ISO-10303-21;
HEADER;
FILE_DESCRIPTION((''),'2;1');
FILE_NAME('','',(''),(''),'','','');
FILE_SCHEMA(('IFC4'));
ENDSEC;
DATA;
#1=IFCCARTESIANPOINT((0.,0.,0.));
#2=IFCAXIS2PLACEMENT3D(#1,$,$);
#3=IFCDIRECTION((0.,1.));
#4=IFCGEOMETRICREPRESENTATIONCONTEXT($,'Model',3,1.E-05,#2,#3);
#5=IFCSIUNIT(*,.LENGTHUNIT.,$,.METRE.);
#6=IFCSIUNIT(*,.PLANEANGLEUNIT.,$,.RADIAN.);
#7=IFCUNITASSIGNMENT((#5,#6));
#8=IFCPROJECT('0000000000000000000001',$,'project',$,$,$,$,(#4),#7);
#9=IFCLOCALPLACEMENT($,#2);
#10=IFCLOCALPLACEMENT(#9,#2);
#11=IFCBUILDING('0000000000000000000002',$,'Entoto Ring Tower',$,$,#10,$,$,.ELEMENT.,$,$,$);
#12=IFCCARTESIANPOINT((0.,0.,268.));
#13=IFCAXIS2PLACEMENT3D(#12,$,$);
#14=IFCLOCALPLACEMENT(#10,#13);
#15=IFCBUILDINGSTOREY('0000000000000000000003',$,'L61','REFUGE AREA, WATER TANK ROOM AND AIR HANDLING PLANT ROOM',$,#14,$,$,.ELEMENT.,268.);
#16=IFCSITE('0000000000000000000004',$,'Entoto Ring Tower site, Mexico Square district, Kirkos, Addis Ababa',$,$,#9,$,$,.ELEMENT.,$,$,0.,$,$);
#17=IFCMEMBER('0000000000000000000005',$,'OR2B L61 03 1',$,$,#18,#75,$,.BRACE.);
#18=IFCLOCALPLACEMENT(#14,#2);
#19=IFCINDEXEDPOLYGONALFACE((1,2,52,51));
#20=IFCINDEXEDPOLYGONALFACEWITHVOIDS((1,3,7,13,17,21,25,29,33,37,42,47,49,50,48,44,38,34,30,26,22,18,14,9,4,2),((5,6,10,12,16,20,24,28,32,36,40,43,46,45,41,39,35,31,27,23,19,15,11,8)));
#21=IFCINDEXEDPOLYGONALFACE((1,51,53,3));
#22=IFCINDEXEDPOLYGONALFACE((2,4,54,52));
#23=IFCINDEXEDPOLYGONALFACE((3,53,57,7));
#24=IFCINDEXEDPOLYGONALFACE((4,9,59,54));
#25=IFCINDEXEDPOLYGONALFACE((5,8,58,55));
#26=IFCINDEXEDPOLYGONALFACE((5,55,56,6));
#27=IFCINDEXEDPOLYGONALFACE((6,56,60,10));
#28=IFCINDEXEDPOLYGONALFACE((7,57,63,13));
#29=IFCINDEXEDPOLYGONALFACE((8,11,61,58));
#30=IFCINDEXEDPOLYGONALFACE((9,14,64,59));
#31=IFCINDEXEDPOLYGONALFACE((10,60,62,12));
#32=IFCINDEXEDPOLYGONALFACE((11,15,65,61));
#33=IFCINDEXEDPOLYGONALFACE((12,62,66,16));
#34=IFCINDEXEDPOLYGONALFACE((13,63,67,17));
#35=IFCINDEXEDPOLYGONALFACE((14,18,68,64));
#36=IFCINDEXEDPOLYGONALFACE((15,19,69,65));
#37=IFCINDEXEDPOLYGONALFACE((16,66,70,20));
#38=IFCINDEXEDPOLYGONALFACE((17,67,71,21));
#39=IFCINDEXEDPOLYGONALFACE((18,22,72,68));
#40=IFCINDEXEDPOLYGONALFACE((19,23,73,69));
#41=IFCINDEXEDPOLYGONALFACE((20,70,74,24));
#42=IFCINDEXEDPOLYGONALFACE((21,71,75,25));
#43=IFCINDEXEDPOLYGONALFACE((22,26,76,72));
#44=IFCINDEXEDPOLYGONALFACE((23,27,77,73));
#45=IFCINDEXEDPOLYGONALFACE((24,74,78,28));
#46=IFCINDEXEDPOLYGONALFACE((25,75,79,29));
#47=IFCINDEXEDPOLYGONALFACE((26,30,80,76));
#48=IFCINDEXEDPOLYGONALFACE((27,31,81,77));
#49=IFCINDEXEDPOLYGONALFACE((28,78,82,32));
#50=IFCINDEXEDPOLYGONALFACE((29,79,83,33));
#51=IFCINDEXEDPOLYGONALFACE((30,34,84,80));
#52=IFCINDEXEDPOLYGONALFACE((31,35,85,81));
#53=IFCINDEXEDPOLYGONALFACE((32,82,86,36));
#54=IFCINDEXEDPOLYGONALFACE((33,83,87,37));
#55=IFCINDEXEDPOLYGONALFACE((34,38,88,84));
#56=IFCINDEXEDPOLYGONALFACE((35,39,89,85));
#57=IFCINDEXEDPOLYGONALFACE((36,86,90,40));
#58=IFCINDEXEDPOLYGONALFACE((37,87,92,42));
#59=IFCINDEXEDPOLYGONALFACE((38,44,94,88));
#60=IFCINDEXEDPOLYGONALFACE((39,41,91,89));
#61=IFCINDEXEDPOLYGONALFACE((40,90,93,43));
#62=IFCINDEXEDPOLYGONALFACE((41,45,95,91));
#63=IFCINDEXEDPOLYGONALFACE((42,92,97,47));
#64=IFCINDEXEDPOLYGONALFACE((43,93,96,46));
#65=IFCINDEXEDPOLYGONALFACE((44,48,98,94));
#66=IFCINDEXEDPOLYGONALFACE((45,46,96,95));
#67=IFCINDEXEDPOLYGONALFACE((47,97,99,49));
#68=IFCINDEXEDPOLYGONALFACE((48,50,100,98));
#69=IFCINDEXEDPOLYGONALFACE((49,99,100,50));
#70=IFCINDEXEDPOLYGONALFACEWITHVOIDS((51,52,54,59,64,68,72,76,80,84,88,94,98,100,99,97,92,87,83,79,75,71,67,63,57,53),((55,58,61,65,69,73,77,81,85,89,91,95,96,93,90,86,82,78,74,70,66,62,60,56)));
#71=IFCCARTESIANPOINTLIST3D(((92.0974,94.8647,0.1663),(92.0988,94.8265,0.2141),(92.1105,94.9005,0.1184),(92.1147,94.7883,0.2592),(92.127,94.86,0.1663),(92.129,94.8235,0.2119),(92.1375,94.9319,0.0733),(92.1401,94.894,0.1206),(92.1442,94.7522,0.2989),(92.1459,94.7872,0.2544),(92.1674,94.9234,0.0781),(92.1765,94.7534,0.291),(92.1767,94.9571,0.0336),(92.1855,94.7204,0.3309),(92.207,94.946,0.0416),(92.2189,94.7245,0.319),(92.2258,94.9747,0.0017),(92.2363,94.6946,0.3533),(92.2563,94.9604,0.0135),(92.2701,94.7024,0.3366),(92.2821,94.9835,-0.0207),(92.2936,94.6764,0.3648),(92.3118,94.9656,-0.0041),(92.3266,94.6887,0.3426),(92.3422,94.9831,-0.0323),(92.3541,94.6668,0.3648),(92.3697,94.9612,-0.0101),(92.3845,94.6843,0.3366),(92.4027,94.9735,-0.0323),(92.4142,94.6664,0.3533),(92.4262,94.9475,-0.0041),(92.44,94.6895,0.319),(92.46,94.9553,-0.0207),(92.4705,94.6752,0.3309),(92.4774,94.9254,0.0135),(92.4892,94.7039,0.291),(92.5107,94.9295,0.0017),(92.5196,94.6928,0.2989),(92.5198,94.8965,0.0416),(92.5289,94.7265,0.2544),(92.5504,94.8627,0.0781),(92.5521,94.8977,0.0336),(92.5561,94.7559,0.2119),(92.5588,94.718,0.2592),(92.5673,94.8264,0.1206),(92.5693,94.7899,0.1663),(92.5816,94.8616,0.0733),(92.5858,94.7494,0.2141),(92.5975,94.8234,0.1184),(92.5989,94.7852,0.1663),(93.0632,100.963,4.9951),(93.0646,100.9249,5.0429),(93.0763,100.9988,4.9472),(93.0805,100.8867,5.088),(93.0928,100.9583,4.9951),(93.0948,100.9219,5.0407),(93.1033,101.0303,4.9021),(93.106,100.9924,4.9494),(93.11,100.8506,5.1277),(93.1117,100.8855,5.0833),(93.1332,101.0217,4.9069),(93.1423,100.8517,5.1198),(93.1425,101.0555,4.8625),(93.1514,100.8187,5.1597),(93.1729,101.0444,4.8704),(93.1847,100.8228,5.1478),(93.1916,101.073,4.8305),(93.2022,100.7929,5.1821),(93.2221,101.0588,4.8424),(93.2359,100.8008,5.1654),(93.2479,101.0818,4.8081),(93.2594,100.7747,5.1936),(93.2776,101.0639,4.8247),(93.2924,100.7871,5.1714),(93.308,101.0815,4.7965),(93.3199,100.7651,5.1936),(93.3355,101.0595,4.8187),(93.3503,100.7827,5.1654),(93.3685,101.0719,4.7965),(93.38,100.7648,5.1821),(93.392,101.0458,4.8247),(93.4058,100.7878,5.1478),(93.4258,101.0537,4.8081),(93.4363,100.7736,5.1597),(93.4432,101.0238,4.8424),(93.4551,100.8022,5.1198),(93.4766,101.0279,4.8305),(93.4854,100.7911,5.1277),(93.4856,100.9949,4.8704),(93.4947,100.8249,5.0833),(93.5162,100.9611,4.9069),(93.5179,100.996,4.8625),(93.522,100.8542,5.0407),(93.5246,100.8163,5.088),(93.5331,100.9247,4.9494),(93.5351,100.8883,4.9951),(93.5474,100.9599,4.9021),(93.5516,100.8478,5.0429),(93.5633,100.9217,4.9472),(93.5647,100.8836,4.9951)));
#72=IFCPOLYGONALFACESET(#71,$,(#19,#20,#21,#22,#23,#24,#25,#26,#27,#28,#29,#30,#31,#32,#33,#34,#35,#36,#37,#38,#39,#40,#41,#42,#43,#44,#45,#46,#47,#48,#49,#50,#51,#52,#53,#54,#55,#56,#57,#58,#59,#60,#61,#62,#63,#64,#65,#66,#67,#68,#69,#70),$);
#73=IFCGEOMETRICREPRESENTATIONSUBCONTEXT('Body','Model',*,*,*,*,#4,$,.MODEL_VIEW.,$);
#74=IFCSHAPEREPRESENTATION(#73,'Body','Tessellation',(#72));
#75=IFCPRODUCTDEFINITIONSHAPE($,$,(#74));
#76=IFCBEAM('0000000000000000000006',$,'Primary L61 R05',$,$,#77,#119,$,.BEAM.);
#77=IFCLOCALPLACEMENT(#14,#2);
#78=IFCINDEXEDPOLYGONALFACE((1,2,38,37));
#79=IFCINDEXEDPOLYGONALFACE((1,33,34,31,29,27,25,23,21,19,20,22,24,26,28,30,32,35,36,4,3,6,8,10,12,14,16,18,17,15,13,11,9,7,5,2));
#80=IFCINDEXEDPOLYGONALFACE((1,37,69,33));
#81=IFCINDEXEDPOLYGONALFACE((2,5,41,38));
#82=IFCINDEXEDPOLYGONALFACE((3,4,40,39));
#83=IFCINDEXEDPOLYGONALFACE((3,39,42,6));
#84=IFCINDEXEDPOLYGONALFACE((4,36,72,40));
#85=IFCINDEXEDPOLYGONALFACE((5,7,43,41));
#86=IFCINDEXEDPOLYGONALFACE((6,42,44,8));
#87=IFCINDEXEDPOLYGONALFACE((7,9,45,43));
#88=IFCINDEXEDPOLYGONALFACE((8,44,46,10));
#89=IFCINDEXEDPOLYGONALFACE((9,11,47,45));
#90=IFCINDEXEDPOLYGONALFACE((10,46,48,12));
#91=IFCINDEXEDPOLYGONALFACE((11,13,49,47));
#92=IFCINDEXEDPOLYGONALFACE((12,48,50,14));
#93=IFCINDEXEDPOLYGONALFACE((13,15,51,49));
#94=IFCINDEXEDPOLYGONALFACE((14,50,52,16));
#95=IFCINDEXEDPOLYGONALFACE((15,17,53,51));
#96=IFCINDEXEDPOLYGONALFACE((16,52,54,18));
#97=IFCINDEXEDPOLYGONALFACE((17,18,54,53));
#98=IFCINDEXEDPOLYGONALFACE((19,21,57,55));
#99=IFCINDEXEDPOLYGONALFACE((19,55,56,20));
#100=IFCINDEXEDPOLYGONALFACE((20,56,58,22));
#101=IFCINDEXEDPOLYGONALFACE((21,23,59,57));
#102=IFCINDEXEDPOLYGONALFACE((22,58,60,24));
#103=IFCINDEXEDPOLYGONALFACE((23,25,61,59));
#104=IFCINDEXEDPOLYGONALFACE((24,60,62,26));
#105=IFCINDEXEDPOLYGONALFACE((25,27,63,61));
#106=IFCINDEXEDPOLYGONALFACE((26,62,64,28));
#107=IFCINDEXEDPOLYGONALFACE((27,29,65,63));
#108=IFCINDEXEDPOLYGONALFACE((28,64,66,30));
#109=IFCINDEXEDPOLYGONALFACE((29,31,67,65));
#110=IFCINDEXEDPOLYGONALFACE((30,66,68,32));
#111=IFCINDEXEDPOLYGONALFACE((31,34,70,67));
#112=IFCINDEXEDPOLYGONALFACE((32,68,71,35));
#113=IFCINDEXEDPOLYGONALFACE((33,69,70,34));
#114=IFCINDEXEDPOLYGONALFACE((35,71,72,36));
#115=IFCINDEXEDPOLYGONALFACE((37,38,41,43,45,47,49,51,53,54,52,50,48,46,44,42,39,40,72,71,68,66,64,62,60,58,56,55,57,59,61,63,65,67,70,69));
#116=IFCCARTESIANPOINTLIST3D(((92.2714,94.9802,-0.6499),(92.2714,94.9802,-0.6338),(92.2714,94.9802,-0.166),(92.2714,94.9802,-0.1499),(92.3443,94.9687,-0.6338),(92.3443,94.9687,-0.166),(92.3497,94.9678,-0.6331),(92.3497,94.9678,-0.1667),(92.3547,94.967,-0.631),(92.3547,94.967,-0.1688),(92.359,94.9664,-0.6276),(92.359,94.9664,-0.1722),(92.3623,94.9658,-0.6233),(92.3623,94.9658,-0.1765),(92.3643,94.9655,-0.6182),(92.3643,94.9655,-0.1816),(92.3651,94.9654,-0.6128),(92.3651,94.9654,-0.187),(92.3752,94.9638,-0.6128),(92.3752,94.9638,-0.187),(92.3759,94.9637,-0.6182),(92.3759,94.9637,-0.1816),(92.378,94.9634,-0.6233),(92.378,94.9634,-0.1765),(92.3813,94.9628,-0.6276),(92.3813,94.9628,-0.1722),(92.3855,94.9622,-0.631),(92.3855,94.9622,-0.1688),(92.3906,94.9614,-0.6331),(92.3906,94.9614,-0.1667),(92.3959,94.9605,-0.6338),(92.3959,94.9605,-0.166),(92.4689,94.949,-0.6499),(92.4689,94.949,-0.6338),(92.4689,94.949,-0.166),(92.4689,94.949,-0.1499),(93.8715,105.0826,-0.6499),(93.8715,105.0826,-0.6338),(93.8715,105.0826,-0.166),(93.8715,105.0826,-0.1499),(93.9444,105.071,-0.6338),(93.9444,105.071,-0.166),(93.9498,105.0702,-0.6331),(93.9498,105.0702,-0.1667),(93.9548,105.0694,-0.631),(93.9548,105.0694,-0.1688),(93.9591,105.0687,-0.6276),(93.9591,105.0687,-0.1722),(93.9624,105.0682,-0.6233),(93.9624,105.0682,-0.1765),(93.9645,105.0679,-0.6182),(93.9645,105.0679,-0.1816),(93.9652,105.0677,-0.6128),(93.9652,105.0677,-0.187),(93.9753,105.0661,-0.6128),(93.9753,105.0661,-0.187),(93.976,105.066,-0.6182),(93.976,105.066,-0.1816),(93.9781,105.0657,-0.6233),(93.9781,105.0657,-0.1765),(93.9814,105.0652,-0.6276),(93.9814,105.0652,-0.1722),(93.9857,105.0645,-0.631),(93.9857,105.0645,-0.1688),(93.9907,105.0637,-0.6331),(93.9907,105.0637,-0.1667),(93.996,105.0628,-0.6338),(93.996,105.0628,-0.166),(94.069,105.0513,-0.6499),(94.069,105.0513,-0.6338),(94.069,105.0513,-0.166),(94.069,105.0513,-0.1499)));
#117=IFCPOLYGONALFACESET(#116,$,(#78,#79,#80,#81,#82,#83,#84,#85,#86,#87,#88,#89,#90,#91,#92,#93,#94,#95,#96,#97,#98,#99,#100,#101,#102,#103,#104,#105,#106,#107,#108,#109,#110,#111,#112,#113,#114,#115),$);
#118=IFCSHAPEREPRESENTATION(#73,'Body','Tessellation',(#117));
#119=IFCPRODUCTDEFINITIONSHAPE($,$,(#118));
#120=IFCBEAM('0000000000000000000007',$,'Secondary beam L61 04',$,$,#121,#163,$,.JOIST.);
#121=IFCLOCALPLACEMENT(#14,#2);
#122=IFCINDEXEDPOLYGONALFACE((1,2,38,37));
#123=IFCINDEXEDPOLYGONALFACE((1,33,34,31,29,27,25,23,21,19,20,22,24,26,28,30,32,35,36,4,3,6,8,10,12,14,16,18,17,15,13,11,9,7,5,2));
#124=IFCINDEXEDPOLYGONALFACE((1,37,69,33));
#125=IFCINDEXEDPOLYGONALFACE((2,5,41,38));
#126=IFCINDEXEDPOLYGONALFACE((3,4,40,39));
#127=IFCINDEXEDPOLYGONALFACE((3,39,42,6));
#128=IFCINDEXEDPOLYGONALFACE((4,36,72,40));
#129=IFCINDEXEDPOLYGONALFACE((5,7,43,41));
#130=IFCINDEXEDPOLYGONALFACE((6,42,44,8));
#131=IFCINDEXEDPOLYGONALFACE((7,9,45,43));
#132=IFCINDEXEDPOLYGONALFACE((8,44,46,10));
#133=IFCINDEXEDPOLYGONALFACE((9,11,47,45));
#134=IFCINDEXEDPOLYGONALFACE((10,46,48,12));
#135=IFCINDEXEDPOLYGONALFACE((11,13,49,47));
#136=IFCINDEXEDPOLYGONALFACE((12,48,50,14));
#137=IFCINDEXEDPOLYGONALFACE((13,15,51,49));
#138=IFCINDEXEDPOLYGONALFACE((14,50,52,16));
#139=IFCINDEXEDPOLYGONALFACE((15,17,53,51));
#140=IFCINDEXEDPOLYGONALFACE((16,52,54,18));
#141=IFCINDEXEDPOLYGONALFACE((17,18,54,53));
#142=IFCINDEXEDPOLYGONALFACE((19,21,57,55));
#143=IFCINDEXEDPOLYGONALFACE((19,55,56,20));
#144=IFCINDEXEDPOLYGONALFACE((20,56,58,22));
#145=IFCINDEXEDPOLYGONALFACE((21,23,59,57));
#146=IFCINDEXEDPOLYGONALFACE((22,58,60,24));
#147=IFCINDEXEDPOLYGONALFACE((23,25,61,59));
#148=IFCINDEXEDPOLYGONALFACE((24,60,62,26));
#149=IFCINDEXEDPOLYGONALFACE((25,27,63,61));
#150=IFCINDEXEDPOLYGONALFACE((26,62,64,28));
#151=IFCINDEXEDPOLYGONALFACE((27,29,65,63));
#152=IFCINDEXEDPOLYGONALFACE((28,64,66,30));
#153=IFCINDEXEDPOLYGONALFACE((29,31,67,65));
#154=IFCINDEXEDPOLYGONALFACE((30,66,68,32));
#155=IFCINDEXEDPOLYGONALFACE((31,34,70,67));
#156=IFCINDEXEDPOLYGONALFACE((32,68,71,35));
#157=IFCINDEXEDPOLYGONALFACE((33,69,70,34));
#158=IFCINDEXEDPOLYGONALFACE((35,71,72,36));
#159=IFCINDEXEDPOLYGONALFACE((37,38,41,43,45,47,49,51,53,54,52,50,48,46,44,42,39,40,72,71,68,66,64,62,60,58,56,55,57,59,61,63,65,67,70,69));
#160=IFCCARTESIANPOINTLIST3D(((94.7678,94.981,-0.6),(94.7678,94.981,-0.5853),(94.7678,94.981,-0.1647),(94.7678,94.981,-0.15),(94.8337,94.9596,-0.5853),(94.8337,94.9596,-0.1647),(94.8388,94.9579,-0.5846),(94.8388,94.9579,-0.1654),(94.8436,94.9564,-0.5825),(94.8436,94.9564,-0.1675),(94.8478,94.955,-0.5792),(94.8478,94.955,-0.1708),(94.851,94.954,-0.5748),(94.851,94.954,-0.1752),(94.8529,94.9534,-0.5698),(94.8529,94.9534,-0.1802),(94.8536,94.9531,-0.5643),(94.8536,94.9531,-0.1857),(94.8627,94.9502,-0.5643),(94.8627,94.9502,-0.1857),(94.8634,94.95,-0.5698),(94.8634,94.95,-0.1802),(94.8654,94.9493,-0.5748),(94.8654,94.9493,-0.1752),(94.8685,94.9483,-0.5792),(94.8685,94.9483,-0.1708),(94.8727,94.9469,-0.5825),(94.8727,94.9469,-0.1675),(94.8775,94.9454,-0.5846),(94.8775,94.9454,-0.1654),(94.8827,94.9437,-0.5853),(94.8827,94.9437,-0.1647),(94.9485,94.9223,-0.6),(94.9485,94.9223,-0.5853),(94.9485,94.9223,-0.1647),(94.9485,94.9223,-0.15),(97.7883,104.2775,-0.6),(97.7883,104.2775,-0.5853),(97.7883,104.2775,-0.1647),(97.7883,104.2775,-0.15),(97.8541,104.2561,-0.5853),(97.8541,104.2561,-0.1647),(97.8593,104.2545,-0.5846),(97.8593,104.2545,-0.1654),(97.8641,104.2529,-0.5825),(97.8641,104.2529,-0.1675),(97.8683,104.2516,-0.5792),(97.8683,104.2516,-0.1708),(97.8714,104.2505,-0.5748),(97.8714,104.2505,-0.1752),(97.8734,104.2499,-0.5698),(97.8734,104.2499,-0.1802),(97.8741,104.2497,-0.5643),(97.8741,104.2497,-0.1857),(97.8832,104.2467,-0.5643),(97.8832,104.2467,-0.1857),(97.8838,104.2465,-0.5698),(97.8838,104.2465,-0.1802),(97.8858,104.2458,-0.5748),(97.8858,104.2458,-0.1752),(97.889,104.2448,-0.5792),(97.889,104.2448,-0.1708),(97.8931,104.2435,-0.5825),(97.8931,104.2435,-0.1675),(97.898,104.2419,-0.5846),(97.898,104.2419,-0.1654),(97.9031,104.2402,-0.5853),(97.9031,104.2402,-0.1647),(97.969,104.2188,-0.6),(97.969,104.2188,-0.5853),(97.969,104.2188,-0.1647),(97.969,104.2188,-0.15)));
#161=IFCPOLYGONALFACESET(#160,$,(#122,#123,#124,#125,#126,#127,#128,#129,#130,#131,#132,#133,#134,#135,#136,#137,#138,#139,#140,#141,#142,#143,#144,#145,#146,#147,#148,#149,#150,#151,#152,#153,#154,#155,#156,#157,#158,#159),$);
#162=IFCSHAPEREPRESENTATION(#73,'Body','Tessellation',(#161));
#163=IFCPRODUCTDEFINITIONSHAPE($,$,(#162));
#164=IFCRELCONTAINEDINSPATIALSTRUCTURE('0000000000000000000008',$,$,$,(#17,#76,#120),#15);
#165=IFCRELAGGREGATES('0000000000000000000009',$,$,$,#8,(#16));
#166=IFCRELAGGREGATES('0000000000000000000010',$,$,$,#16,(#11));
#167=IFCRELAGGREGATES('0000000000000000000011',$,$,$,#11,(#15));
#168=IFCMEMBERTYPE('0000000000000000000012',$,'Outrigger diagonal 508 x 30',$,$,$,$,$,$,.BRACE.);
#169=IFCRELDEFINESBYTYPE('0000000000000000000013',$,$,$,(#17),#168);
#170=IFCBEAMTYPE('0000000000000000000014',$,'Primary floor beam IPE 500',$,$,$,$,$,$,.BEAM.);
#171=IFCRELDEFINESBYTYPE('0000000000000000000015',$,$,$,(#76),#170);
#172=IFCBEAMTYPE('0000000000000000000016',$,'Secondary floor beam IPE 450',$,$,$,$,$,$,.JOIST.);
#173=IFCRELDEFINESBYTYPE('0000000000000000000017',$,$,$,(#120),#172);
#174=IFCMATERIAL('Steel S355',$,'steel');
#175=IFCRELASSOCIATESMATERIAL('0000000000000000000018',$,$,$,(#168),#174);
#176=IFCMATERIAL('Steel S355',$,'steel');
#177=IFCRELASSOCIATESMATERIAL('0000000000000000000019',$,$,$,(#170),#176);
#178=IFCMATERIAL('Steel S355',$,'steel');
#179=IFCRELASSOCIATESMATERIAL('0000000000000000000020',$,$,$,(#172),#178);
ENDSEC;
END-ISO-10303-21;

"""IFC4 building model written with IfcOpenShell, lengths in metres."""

from ifc_helpers import new_model, si_unit, direction, frame, origin, origin_2d, place, context, subcontext, project, spatial, circle, hollow_circle, i_section, extrude, material, material_profile, profile_set, type_object, element, save


model = new_model("IFC4")

# Units and contexts
model_context = context("Model", 3, precision=1e-05, world=origin(), true_north=direction((0.0, 1.0)))
body_context = subcontext(model_context, "Body", "Model", "MODEL_VIEW")
ifc_project = project(units=[si_unit("LENGTHUNIT", "METRE"), si_unit("PLANEANGLEUNIT", "RADIAN")], contexts=[model_context])

# Site, building, storey
site_placement = place(None, origin())
site = spatial("IfcSite", under=ifc_project, at=site_placement, Name="Entoto Ring Tower site, Mexico Square district, Kirkos, Addis Ababa", CompositionType="ELEMENT", RefElevation=0.0)
building_placement = place(site_placement, origin())
building = spatial("IfcBuilding", under=site, at=building_placement, Name="Entoto Ring Tower", CompositionType="ELEMENT")
storey_placement = place(building_placement, frame((0.0, 0.0, 268.0)))
storey = spatial("IfcBuildingStorey", under=building, at=storey_placement, Name="L61", Description="REFUGE AREA, WATER TANK ROOM AND AIR HANDLING PLANT ROOM", CompositionType="ELEMENT", Elevation=268.0)

# Member
ifc_material_1 = material(Name="Steel S355", Category="steel")
ifc_material_profile_1 = material_profile(ifc_material_1, hollow_circle(Radius=0.2539, WallThickness=0.03, at=origin_2d()), Name="CHS 508 x 30")
ifc_material_2 = material(Name="Concrete C60/75", Category="concrete")
ifc_material_profile_2 = material_profile(ifc_material_2, circle(Radius=0.2241, at=origin_2d()), Name="Concrete C60/75 infill")
ifc_profile_set_1 = profile_set([ifc_material_profile_1, ifc_material_profile_2], Name="Steel S355")
member_type_1 = type_object("IfcMemberType", Name="Outrigger diagonal 508 x 30", PredefinedType="BRACE", material=ifc_profile_set_1)
member_1_placement = place(storey_placement, frame((92.3481, 94.825, 0.1663), z_axis=(0.123216, 0.778011, 0.616049), x_axis=(-0.98769, 0.156423, 0.0)))
element("IfcMember", 1, at=member_1_placement, inside=storey, type_object=member_type_1, Name="OR2B L61 03 1", PredefinedType="BRACE", context=body_context, shape_type="SweptSolid", body=[
    extrude(hollow_circle(Radius=0.2539, WallThickness=0.03, at=origin_2d()), origin(), (0.0, 0.0, 1.0), 7.8384),
])

# Beams
ifc_material_3 = material(Name="Steel S355", Category="steel")
ifc_material_profile_3 = material_profile(ifc_material_3, i_section(OverallWidth=0.2, OverallDepth=0.5, WebThickness=0.0103, FlangeThickness=0.0161, FilletRadius=0.021, at=origin_2d()), Name="IPE 500")
ifc_profile_set_2 = profile_set([ifc_material_profile_3], Name="Steel S355")
beam_type_1 = type_object("IfcBeamType", Name="Primary floor beam IPE 500", PredefinedType="BEAM", material=ifc_profile_set_2)
beam_1_placement = place(storey_placement, frame((92.3701, 94.9646, -0.3999), z_axis=(0.156439, 0.987688, 0.0), x_axis=(-0.987688, 0.156439, 0.0)))
element("IfcBeam", 2, at=beam_1_placement, inside=storey, type_object=beam_type_1, Name="Primary L61 R05", PredefinedType="BEAM", context=body_context, shape_type="SweptSolid", body=[
    extrude(i_section(OverallWidth=0.2, OverallDepth=0.5, WebThickness=0.0103, FlangeThickness=0.0161, FilletRadius=0.021, at=origin_2d()), origin(), (0.0, 0.0, 1.0), 10.2283),
])
ifc_material_4 = material(Name="Steel S355", Category="steel")
ifc_material_profile_4 = material_profile(ifc_material_4, i_section(OverallWidth=0.1899, OverallDepth=0.45, WebThickness=0.0095, FlangeThickness=0.0146, FilletRadius=0.021, at=origin_2d()), Name="IPE 450")
ifc_profile_set_3 = profile_set([ifc_material_profile_4], Name="Steel S355")
beam_type_2 = type_object("IfcBeamType", Name="Secondary floor beam IPE 450", PredefinedType="JOIST", material=ifc_profile_set_3)
beam_2_placement = place(storey_placement, frame((94.8582, 94.9517, -0.375), z_axis=(0.309003, 0.951061, 0.0), x_axis=(-0.951061, 0.309003, 0.0)))
element("IfcBeam", 3, at=beam_2_placement, inside=storey, type_object=beam_type_2, Name="Secondary beam L61 04", PredefinedType="JOIST", context=body_context, shape_type="SweptSolid", body=[
    extrude(i_section(OverallWidth=0.1899, OverallDepth=0.45, WebThickness=0.0095, FlangeThickness=0.0146, FilletRadius=0.021, at=origin_2d()), origin(), (0.0, 0.0, 1.0), 9.7749),
])

save(model, "model.ifc")
